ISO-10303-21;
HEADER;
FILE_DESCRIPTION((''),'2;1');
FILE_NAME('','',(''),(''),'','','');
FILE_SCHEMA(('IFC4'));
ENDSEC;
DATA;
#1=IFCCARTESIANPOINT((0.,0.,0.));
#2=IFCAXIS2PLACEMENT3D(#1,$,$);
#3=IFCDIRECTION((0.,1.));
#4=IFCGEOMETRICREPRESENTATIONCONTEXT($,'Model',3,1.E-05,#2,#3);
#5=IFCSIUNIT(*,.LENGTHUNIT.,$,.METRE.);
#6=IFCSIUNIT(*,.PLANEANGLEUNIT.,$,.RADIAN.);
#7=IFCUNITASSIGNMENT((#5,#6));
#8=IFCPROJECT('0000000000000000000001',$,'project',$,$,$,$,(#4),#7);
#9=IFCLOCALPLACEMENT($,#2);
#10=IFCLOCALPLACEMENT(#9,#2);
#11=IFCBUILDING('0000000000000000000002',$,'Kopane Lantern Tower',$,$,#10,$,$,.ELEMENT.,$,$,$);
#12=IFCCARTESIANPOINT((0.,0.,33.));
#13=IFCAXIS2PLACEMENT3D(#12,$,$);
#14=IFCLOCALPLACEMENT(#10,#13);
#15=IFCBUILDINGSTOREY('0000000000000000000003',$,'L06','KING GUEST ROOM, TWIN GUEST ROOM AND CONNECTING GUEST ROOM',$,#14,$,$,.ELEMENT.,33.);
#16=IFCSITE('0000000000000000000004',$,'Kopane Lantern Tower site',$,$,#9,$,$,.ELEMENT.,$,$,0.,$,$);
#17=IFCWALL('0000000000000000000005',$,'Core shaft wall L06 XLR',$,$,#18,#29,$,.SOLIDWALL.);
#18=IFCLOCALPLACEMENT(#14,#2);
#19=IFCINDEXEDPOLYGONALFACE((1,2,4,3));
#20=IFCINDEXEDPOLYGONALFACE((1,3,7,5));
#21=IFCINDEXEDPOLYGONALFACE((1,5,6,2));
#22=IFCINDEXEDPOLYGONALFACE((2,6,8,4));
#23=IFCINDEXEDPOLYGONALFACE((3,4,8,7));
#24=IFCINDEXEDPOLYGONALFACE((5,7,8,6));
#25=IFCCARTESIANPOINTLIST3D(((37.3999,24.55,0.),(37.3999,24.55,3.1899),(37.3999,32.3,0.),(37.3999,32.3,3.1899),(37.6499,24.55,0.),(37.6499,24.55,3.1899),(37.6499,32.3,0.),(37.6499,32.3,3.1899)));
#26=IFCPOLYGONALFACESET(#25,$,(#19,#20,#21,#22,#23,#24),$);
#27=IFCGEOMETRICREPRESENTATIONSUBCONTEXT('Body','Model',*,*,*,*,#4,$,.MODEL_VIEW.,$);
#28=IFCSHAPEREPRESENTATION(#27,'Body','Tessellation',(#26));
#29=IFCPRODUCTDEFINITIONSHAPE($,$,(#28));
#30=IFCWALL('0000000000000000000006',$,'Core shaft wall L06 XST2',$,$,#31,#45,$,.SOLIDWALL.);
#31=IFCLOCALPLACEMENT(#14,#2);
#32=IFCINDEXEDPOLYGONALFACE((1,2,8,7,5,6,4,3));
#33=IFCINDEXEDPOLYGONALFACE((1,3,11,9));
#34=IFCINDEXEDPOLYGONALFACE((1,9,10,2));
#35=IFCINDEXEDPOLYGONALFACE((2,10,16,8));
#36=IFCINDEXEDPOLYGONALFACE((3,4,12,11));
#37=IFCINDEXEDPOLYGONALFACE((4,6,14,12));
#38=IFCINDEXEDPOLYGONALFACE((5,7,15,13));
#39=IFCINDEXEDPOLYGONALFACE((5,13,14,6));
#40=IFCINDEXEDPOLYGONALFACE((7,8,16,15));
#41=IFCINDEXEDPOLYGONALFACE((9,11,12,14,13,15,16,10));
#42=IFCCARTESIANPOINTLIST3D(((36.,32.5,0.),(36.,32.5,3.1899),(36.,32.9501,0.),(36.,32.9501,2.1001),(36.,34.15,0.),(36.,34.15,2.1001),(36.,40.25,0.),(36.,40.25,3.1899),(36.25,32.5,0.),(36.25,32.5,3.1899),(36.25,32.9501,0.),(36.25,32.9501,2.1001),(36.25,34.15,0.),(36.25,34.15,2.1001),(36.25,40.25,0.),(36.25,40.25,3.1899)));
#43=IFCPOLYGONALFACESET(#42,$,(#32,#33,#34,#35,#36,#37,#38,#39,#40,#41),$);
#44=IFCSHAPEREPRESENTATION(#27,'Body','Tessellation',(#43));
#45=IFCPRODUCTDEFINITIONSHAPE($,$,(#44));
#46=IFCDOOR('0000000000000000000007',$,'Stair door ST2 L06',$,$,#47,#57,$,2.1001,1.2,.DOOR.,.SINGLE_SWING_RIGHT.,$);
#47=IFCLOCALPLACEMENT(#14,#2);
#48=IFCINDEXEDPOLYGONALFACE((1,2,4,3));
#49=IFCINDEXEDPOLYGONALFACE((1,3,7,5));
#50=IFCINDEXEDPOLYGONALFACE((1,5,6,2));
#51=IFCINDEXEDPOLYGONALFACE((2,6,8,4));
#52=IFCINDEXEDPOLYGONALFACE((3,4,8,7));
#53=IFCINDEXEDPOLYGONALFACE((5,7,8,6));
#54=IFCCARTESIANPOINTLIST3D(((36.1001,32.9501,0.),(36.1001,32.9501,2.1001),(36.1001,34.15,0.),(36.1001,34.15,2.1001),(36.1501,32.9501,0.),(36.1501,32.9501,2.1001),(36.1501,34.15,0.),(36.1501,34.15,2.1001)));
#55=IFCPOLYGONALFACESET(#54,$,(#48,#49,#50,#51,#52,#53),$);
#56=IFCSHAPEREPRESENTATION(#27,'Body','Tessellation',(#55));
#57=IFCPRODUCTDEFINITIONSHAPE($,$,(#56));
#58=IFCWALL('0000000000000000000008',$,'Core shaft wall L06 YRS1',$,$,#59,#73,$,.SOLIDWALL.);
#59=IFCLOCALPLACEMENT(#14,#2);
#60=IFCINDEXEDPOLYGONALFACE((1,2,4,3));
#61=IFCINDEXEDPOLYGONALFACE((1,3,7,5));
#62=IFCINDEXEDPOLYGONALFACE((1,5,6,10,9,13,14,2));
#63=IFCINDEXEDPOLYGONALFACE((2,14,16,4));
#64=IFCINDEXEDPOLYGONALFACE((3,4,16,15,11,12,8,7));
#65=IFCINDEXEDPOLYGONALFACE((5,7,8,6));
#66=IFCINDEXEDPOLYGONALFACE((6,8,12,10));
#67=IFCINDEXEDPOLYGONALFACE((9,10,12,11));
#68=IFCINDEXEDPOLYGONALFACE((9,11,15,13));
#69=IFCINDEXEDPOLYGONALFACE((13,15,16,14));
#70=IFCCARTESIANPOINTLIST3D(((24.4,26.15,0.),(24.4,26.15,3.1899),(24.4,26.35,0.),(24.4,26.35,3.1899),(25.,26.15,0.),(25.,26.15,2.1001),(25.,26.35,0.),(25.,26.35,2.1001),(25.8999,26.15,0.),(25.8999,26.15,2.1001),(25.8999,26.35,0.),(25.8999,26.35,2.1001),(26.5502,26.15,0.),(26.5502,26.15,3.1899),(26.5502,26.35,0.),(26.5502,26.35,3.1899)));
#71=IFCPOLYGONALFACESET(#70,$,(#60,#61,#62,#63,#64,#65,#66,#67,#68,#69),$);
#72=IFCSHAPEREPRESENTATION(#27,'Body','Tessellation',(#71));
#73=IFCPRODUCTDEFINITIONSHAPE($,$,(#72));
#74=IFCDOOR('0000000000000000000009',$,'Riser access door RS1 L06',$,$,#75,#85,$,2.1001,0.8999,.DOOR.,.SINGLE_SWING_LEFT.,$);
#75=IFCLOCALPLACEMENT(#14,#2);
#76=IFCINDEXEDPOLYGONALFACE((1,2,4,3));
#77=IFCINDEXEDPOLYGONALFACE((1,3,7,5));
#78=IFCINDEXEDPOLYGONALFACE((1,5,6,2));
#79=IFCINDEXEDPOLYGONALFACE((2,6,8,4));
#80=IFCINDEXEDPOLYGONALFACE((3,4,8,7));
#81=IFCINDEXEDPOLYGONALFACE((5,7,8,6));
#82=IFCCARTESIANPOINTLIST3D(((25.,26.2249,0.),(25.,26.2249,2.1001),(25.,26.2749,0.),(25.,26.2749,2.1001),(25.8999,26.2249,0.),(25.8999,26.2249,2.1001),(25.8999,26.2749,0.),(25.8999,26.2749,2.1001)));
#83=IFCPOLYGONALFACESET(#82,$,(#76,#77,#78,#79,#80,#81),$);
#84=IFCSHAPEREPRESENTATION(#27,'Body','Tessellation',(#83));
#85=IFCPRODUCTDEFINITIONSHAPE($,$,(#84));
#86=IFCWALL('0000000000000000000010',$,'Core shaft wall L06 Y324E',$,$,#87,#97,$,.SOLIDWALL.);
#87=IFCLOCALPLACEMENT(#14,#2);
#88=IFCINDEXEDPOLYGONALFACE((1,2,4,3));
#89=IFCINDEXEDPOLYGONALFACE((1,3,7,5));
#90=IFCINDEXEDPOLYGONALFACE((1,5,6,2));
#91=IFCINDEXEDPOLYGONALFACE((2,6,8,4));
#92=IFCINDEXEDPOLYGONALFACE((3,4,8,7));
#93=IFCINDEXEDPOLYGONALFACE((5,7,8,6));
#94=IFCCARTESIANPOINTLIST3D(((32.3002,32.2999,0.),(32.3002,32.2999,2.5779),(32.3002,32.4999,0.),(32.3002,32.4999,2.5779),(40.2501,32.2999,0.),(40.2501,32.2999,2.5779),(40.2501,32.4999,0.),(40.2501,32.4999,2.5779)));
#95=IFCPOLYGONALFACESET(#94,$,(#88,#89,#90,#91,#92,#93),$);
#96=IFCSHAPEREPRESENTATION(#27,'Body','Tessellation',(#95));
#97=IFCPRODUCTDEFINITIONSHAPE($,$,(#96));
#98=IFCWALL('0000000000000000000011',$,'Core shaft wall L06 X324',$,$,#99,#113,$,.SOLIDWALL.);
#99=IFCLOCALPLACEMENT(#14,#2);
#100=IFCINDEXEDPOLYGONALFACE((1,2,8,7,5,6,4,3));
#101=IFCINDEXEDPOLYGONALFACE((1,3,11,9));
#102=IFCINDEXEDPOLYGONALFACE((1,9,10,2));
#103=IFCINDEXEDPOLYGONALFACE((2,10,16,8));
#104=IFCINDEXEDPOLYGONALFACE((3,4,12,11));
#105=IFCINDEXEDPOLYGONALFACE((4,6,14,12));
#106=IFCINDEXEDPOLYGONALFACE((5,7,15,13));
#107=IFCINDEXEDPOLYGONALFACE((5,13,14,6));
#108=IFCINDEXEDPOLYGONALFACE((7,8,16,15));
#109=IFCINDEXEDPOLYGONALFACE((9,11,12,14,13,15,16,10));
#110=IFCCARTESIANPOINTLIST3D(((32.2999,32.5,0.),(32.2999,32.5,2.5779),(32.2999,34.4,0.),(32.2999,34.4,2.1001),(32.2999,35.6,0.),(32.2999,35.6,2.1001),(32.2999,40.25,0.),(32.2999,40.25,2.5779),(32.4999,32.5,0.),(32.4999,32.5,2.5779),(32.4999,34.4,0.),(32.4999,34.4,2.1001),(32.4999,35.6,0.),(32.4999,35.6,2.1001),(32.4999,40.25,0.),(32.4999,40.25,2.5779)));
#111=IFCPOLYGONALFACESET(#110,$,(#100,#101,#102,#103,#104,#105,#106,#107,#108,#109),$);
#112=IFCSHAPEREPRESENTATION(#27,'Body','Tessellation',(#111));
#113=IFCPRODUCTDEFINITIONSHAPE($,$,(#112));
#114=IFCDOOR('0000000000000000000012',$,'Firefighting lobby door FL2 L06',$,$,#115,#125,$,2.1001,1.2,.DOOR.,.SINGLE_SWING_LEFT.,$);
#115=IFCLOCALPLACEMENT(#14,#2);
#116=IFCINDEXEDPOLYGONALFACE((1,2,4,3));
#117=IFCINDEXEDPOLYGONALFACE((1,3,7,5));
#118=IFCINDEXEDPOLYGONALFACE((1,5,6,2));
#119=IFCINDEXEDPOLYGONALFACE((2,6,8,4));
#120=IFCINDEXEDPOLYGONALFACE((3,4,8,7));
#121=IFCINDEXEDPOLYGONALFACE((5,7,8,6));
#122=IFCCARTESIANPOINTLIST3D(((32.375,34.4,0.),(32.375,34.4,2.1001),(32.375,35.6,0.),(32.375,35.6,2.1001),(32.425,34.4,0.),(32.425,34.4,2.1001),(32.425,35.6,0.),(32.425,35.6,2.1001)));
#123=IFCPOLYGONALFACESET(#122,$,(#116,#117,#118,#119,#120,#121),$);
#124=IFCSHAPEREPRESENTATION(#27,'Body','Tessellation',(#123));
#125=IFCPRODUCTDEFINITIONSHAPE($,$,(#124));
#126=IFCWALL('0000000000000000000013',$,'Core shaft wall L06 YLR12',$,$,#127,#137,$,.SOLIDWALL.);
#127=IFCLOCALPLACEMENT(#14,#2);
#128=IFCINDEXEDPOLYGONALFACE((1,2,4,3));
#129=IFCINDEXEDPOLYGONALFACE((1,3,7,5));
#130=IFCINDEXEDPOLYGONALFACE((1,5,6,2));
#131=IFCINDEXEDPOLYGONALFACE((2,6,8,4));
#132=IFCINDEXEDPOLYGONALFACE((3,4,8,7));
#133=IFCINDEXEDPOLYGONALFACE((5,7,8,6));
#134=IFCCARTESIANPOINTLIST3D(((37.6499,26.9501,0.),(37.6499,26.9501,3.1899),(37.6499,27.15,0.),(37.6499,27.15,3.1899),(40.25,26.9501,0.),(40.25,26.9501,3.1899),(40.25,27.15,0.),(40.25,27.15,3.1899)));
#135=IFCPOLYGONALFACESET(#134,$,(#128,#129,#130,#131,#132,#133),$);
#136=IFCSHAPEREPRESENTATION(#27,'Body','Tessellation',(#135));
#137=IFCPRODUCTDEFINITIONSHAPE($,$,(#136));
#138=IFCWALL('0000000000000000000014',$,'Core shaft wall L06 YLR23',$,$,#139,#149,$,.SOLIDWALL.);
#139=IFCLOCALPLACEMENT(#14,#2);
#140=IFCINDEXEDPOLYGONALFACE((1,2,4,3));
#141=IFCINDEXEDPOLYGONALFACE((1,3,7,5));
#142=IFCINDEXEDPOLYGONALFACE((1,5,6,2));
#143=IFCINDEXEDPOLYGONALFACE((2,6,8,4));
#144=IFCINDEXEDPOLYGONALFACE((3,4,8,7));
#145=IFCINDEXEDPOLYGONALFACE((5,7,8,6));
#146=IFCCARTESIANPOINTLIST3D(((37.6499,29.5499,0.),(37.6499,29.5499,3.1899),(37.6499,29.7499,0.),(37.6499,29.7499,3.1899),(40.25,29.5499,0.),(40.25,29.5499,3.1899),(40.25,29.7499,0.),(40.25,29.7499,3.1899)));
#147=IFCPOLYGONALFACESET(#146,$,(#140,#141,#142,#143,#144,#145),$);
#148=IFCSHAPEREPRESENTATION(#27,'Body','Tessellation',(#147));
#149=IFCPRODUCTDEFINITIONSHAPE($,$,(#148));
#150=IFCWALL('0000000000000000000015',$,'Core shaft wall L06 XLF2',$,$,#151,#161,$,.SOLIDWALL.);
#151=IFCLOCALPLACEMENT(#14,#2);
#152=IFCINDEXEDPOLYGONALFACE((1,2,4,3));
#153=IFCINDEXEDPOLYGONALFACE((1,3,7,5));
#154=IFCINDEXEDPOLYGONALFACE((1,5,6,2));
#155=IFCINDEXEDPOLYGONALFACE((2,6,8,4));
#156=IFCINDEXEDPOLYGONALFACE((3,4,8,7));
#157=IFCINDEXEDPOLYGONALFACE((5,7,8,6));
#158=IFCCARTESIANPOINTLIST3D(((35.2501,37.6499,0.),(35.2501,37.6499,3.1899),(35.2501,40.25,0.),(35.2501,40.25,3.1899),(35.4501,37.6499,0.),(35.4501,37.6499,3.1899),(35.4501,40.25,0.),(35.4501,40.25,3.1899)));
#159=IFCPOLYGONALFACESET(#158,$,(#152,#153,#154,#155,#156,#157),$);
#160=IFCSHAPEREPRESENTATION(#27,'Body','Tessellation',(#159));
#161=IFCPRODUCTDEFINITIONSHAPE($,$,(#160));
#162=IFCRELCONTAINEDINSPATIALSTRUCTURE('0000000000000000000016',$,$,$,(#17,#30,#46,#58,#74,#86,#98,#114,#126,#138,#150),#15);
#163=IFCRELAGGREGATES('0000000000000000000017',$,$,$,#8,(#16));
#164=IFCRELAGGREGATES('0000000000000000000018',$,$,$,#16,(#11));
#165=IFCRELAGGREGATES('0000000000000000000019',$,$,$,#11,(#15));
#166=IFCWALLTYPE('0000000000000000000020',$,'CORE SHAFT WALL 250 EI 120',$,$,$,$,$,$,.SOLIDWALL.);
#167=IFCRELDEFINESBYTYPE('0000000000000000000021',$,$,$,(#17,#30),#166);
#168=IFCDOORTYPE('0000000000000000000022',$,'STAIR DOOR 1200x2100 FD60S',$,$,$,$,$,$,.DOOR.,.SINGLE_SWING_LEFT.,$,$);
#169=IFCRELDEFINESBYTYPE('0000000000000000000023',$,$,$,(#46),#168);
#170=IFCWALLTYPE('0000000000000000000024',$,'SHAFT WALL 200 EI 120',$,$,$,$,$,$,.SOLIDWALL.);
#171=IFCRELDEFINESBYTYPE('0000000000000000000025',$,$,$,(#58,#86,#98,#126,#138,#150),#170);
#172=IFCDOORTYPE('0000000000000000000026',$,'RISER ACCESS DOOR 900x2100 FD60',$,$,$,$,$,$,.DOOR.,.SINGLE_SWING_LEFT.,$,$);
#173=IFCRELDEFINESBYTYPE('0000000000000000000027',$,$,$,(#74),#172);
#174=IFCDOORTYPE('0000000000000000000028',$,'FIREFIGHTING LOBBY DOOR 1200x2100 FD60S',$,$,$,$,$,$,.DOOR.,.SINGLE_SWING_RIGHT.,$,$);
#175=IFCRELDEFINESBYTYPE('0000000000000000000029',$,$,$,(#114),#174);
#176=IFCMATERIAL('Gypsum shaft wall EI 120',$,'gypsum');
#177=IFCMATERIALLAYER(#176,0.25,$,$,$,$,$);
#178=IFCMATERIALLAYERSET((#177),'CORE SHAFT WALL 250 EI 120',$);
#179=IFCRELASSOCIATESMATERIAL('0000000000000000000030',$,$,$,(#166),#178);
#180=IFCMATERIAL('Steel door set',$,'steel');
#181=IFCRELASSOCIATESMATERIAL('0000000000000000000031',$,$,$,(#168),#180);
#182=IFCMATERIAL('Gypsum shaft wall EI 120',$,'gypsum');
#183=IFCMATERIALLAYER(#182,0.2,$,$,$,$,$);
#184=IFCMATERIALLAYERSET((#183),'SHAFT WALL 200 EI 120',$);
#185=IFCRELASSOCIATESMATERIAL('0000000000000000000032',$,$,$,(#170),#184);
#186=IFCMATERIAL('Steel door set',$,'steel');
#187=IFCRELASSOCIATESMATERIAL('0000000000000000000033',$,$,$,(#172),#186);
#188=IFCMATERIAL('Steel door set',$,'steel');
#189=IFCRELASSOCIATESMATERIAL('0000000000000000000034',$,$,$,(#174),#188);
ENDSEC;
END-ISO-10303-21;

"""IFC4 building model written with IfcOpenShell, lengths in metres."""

from ifc_helpers import new_model, si_unit, direction, frame, frame_2d, origin, place, context, subcontext, project, spatial, rectangle, extrude, material, layer, layer_set, type_object, element, fill, save


model = new_model("IFC4")

# Units and contexts
model_context = context("Model", 3, precision=1e-05, world=origin(), true_north=direction((0.0, 1.0)))
body_context = subcontext(model_context, "Body", "Model", "MODEL_VIEW")
ifc_project = project(units=[si_unit("LENGTHUNIT", "METRE"), si_unit("PLANEANGLEUNIT", "RADIAN")], contexts=[model_context])

# Site, building, storey
site_placement = place(None, origin())
site = spatial("IfcSite", under=ifc_project, at=site_placement, Name="Kopane Lantern Tower site", CompositionType="ELEMENT", RefElevation=0.0)
building_placement = place(site_placement, origin())
building = spatial("IfcBuilding", under=site, at=building_placement, Name="Kopane Lantern Tower", CompositionType="ELEMENT")
storey_placement = place(building_placement, frame((0.0, 0.0, 33.0)))
storey = spatial("IfcBuildingStorey", under=building, at=storey_placement, Name="L06", Description="KING GUEST ROOM, TWIN GUEST ROOM AND CONNECTING GUEST ROOM", CompositionType="ELEMENT", Elevation=33.0)

# Wall
ifc_material_1 = material(Name="Gypsum shaft wall EI 120", Category="gypsum")
ifc_layer_1 = layer(ifc_material_1, 0.25)
ifc_layer_set_1 = layer_set([ifc_layer_1], Name="CORE SHAFT WALL 250 EI 120")
wall_type_1 = type_object("IfcWallType", Name="CORE SHAFT WALL 250 EI 120", PredefinedType="SOLIDWALL", material=ifc_layer_set_1)
wall_1_placement = place(storey_placement, frame((37.5249, 24.55, 0.0), z_axis=(0.0, 0.0, 1.0), x_axis=(0.0, 1.0, 0.0)))
element("IfcWall", 1, at=wall_1_placement, inside=storey, type_object=wall_type_1, Name="Core shaft wall L06 XLR", PredefinedType="SOLIDWALL", context=body_context, shape_type="SweptSolid", body=[
    extrude(rectangle(XDim=7.75, YDim=0.25, at=frame_2d((3.875, 0.0))), origin(), (0.0, 0.0, 1.0), 3.1899),
])

# Walls, openings, doors
wall_2_placement = place(storey_placement, frame((36.125, 32.5, 0.0), z_axis=(0.0, 0.0, 1.0), x_axis=(0.0, 1.0, 0.0)))
wall_2 = element("IfcWall", 2, at=wall_2_placement, inside=storey, type_object=wall_type_1, Name="Core shaft wall L06 XST2", PredefinedType="SOLIDWALL", context=body_context, shape_type="SweptSolid", body=[
    extrude(rectangle(XDim=7.75, YDim=0.25, at=frame_2d((3.875, 0.0))), origin(), (0.0, 0.0, 1.0), 3.1899),
])
opening_1_placement = place(wall_2_placement, frame((0.45, 0.0, 0.0)))
opening_1 = element("IfcOpeningElement", 3, at=opening_1_placement, cuts=wall_2, PredefinedType="OPENING", context=body_context, shape_type="SweptSolid", body=[
    extrude(rectangle(XDim=1.2, YDim=2.1001, at=frame_2d((0.6001, 1.05))), frame((0.0, 0.135, 0.0), z_axis=(0.0, -1.0, 0.0), x_axis=(1.0, 0.0, 0.0)), (0.0, 0.0, 1.0), 0.27),
])
ifc_material_2 = material(Name="Steel door set", Category="steel")
door_type_1 = type_object("IfcDoorType", Name="STAIR DOOR 1200x2100 FD60S", OperationType="SINGLE_SWING_LEFT", PredefinedType="DOOR", material=ifc_material_2)
door_1_placement = place(opening_1_placement, origin())
door_1 = element("IfcDoor", 4, at=door_1_placement, inside=storey, type_object=door_type_1, Name="Stair door ST2 L06", OperationType="SINGLE_SWING_RIGHT", OverallHeight=2.1001, OverallWidth=1.2, PredefinedType="DOOR", context=body_context, shape_type="SweptSolid", body=[
    extrude(rectangle(XDim=1.2, YDim=2.1001, at=frame_2d((0.6001, 1.05))), frame((0.0, 0.0249, 0.0), z_axis=(0.0, -1.0, 0.0), x_axis=(1.0, 0.0, 0.0)), (0.0, 0.0, 1.0), 0.05),
])
fill(opening_1, door_1)
ifc_material_3 = material(Name="Gypsum shaft wall EI 120", Category="gypsum")
ifc_layer_2 = layer(ifc_material_3, 0.2)
ifc_layer_set_2 = layer_set([ifc_layer_2], Name="SHAFT WALL 200 EI 120")
wall_type_2 = type_object("IfcWallType", Name="SHAFT WALL 200 EI 120", PredefinedType="SOLIDWALL", material=ifc_layer_set_2)
wall_3_placement = place(storey_placement, frame((24.3999, 26.25, 0.0), z_axis=(0.0, 0.0, 1.0), x_axis=(1.0, 0.0, 0.0)))
wall_3 = element("IfcWall", 5, at=wall_3_placement, inside=storey, type_object=wall_type_2, Name="Core shaft wall L06 YRS1", PredefinedType="SOLIDWALL", context=body_context, shape_type="SweptSolid", body=[
    extrude(rectangle(XDim=2.1501, YDim=0.2, at=frame_2d((1.0752, 0.0))), origin(), (0.0, 0.0, 1.0), 3.1899),
])
opening_2_placement = place(wall_3_placement, frame((0.6001, 0.0, 0.0)))
opening_2 = element("IfcOpeningElement", 6, at=opening_2_placement, cuts=wall_3, PredefinedType="OPENING", context=body_context, shape_type="SweptSolid", body=[
    extrude(rectangle(XDim=0.8999, YDim=2.1001, at=frame_2d((0.45, 1.05))), frame((0.0, 0.1099, 0.0), z_axis=(0.0, -1.0, 0.0), x_axis=(1.0, 0.0, 0.0)), (0.0, 0.0, 1.0), 0.22),
])
ifc_material_4 = material(Name="Steel door set", Category="steel")
door_type_2 = type_object("IfcDoorType", Name="RISER ACCESS DOOR 900x2100 FD60", OperationType="SINGLE_SWING_LEFT", PredefinedType="DOOR", material=ifc_material_4)
door_2_placement = place(opening_2_placement, origin())
door_2 = element("IfcDoor", 7, at=door_2_placement, inside=storey, type_object=door_type_2, Name="Riser access door RS1 L06", OperationType="SINGLE_SWING_LEFT", OverallHeight=2.1001, OverallWidth=0.8999, PredefinedType="DOOR", context=body_context, shape_type="SweptSolid", body=[
    extrude(rectangle(XDim=0.8999, YDim=2.1001, at=frame_2d((0.45, 1.05))), frame((0.0, 0.0249, 0.0), z_axis=(0.0, -1.0, 0.0), x_axis=(1.0, 0.0, 0.0)), (0.0, 0.0, 1.0), 0.05),
])
fill(opening_2, door_2)

# Wall
wall_4_placement = place(storey_placement, frame((32.3, 32.3999, 0.0), z_axis=(0.0, 0.0, 1.0), x_axis=(1.0, 0.0, 0.0)))
element("IfcWall", 8, at=wall_4_placement, inside=storey, type_object=wall_type_2, Name="Core shaft wall L06 Y324E", PredefinedType="SOLIDWALL", context=body_context, shape_type="SweptSolid", body=[
    extrude(rectangle(XDim=7.95, YDim=0.2, at=frame_2d((3.9751, 0.0))), origin(), (0.0, 0.0, 1.0), 2.5779),
])

# Wall, opening, door
wall_5_placement = place(storey_placement, frame((32.3999, 32.5, 0.0), z_axis=(0.0, 0.0, 1.0), x_axis=(0.0, 1.0, 0.0)))
wall_5 = element("IfcWall", 9, at=wall_5_placement, inside=storey, type_object=wall_type_2, Name="Core shaft wall L06 X324", PredefinedType="SOLIDWALL", context=body_context, shape_type="SweptSolid", body=[
    extrude(rectangle(XDim=7.75, YDim=0.2, at=frame_2d((3.875, 0.0))), origin(), (0.0, 0.0, 1.0), 2.5779),
])
opening_3_placement = place(wall_5_placement, frame((1.8999, 0.0, 0.0)))
opening_3 = element("IfcOpeningElement", 10, at=opening_3_placement, cuts=wall_5, PredefinedType="OPENING", context=body_context, shape_type="SweptSolid", body=[
    extrude(rectangle(XDim=1.2, YDim=2.1001, at=frame_2d((0.6001, 1.05))), frame((0.0, 0.1099, 0.0), z_axis=(0.0, -1.0, 0.0), x_axis=(1.0, 0.0, 0.0)), (0.0, 0.0, 1.0), 0.22),
])
ifc_material_5 = material(Name="Steel door set", Category="steel")
door_type_3 = type_object("IfcDoorType", Name="FIREFIGHTING LOBBY DOOR 1200x2100 FD60S", OperationType="SINGLE_SWING_RIGHT", PredefinedType="DOOR", material=ifc_material_5)
door_3_placement = place(opening_3_placement, origin())
door_3 = element("IfcDoor", 11, at=door_3_placement, inside=storey, type_object=door_type_3, Name="Firefighting lobby door FL2 L06", OperationType="SINGLE_SWING_LEFT", OverallHeight=2.1001, OverallWidth=1.2, PredefinedType="DOOR", context=body_context, shape_type="SweptSolid", body=[
    extrude(rectangle(XDim=1.2, YDim=2.1001, at=frame_2d((0.6001, 1.05))), frame((0.0, 0.0249, 0.0), z_axis=(0.0, -1.0, 0.0), x_axis=(1.0, 0.0, 0.0)), (0.0, 0.0, 1.0), 0.05),
])
fill(opening_3, door_3)

# Walls
for number, where, z_axis, x_axis, name in (
    (12, (37.6499, 27.05, 0.0), (0.0, 0.0, 1.0), (1.0, 0.0, 0.0), "Core shaft wall L06 YLR12"),
    (13, (37.6499, 29.6499, 0.0), (0.0, 0.0, 1.0), (1.0, 0.0, 0.0), "Core shaft wall L06 YLR23"),
    (14, (35.3501, 37.6499, 0.0), (0.0, 0.0, 1.0), (0.0, 1.0, 0.0), "Core shaft wall L06 XLF2"),
):
    element("IfcWall", number, at=place(storey_placement, frame(where, z_axis=z_axis, x_axis=x_axis)), inside=storey, type_object=wall_type_2, Name=name, PredefinedType="SOLIDWALL", context=body_context, shape_type="SweptSolid", body=[
        extrude(rectangle(XDim=2.6001, YDim=0.2, at=frame_2d((1.3, 0.0))), origin(), (0.0, 0.0, 1.0), 3.1899),
    ])

save(model, "model.ifc")
